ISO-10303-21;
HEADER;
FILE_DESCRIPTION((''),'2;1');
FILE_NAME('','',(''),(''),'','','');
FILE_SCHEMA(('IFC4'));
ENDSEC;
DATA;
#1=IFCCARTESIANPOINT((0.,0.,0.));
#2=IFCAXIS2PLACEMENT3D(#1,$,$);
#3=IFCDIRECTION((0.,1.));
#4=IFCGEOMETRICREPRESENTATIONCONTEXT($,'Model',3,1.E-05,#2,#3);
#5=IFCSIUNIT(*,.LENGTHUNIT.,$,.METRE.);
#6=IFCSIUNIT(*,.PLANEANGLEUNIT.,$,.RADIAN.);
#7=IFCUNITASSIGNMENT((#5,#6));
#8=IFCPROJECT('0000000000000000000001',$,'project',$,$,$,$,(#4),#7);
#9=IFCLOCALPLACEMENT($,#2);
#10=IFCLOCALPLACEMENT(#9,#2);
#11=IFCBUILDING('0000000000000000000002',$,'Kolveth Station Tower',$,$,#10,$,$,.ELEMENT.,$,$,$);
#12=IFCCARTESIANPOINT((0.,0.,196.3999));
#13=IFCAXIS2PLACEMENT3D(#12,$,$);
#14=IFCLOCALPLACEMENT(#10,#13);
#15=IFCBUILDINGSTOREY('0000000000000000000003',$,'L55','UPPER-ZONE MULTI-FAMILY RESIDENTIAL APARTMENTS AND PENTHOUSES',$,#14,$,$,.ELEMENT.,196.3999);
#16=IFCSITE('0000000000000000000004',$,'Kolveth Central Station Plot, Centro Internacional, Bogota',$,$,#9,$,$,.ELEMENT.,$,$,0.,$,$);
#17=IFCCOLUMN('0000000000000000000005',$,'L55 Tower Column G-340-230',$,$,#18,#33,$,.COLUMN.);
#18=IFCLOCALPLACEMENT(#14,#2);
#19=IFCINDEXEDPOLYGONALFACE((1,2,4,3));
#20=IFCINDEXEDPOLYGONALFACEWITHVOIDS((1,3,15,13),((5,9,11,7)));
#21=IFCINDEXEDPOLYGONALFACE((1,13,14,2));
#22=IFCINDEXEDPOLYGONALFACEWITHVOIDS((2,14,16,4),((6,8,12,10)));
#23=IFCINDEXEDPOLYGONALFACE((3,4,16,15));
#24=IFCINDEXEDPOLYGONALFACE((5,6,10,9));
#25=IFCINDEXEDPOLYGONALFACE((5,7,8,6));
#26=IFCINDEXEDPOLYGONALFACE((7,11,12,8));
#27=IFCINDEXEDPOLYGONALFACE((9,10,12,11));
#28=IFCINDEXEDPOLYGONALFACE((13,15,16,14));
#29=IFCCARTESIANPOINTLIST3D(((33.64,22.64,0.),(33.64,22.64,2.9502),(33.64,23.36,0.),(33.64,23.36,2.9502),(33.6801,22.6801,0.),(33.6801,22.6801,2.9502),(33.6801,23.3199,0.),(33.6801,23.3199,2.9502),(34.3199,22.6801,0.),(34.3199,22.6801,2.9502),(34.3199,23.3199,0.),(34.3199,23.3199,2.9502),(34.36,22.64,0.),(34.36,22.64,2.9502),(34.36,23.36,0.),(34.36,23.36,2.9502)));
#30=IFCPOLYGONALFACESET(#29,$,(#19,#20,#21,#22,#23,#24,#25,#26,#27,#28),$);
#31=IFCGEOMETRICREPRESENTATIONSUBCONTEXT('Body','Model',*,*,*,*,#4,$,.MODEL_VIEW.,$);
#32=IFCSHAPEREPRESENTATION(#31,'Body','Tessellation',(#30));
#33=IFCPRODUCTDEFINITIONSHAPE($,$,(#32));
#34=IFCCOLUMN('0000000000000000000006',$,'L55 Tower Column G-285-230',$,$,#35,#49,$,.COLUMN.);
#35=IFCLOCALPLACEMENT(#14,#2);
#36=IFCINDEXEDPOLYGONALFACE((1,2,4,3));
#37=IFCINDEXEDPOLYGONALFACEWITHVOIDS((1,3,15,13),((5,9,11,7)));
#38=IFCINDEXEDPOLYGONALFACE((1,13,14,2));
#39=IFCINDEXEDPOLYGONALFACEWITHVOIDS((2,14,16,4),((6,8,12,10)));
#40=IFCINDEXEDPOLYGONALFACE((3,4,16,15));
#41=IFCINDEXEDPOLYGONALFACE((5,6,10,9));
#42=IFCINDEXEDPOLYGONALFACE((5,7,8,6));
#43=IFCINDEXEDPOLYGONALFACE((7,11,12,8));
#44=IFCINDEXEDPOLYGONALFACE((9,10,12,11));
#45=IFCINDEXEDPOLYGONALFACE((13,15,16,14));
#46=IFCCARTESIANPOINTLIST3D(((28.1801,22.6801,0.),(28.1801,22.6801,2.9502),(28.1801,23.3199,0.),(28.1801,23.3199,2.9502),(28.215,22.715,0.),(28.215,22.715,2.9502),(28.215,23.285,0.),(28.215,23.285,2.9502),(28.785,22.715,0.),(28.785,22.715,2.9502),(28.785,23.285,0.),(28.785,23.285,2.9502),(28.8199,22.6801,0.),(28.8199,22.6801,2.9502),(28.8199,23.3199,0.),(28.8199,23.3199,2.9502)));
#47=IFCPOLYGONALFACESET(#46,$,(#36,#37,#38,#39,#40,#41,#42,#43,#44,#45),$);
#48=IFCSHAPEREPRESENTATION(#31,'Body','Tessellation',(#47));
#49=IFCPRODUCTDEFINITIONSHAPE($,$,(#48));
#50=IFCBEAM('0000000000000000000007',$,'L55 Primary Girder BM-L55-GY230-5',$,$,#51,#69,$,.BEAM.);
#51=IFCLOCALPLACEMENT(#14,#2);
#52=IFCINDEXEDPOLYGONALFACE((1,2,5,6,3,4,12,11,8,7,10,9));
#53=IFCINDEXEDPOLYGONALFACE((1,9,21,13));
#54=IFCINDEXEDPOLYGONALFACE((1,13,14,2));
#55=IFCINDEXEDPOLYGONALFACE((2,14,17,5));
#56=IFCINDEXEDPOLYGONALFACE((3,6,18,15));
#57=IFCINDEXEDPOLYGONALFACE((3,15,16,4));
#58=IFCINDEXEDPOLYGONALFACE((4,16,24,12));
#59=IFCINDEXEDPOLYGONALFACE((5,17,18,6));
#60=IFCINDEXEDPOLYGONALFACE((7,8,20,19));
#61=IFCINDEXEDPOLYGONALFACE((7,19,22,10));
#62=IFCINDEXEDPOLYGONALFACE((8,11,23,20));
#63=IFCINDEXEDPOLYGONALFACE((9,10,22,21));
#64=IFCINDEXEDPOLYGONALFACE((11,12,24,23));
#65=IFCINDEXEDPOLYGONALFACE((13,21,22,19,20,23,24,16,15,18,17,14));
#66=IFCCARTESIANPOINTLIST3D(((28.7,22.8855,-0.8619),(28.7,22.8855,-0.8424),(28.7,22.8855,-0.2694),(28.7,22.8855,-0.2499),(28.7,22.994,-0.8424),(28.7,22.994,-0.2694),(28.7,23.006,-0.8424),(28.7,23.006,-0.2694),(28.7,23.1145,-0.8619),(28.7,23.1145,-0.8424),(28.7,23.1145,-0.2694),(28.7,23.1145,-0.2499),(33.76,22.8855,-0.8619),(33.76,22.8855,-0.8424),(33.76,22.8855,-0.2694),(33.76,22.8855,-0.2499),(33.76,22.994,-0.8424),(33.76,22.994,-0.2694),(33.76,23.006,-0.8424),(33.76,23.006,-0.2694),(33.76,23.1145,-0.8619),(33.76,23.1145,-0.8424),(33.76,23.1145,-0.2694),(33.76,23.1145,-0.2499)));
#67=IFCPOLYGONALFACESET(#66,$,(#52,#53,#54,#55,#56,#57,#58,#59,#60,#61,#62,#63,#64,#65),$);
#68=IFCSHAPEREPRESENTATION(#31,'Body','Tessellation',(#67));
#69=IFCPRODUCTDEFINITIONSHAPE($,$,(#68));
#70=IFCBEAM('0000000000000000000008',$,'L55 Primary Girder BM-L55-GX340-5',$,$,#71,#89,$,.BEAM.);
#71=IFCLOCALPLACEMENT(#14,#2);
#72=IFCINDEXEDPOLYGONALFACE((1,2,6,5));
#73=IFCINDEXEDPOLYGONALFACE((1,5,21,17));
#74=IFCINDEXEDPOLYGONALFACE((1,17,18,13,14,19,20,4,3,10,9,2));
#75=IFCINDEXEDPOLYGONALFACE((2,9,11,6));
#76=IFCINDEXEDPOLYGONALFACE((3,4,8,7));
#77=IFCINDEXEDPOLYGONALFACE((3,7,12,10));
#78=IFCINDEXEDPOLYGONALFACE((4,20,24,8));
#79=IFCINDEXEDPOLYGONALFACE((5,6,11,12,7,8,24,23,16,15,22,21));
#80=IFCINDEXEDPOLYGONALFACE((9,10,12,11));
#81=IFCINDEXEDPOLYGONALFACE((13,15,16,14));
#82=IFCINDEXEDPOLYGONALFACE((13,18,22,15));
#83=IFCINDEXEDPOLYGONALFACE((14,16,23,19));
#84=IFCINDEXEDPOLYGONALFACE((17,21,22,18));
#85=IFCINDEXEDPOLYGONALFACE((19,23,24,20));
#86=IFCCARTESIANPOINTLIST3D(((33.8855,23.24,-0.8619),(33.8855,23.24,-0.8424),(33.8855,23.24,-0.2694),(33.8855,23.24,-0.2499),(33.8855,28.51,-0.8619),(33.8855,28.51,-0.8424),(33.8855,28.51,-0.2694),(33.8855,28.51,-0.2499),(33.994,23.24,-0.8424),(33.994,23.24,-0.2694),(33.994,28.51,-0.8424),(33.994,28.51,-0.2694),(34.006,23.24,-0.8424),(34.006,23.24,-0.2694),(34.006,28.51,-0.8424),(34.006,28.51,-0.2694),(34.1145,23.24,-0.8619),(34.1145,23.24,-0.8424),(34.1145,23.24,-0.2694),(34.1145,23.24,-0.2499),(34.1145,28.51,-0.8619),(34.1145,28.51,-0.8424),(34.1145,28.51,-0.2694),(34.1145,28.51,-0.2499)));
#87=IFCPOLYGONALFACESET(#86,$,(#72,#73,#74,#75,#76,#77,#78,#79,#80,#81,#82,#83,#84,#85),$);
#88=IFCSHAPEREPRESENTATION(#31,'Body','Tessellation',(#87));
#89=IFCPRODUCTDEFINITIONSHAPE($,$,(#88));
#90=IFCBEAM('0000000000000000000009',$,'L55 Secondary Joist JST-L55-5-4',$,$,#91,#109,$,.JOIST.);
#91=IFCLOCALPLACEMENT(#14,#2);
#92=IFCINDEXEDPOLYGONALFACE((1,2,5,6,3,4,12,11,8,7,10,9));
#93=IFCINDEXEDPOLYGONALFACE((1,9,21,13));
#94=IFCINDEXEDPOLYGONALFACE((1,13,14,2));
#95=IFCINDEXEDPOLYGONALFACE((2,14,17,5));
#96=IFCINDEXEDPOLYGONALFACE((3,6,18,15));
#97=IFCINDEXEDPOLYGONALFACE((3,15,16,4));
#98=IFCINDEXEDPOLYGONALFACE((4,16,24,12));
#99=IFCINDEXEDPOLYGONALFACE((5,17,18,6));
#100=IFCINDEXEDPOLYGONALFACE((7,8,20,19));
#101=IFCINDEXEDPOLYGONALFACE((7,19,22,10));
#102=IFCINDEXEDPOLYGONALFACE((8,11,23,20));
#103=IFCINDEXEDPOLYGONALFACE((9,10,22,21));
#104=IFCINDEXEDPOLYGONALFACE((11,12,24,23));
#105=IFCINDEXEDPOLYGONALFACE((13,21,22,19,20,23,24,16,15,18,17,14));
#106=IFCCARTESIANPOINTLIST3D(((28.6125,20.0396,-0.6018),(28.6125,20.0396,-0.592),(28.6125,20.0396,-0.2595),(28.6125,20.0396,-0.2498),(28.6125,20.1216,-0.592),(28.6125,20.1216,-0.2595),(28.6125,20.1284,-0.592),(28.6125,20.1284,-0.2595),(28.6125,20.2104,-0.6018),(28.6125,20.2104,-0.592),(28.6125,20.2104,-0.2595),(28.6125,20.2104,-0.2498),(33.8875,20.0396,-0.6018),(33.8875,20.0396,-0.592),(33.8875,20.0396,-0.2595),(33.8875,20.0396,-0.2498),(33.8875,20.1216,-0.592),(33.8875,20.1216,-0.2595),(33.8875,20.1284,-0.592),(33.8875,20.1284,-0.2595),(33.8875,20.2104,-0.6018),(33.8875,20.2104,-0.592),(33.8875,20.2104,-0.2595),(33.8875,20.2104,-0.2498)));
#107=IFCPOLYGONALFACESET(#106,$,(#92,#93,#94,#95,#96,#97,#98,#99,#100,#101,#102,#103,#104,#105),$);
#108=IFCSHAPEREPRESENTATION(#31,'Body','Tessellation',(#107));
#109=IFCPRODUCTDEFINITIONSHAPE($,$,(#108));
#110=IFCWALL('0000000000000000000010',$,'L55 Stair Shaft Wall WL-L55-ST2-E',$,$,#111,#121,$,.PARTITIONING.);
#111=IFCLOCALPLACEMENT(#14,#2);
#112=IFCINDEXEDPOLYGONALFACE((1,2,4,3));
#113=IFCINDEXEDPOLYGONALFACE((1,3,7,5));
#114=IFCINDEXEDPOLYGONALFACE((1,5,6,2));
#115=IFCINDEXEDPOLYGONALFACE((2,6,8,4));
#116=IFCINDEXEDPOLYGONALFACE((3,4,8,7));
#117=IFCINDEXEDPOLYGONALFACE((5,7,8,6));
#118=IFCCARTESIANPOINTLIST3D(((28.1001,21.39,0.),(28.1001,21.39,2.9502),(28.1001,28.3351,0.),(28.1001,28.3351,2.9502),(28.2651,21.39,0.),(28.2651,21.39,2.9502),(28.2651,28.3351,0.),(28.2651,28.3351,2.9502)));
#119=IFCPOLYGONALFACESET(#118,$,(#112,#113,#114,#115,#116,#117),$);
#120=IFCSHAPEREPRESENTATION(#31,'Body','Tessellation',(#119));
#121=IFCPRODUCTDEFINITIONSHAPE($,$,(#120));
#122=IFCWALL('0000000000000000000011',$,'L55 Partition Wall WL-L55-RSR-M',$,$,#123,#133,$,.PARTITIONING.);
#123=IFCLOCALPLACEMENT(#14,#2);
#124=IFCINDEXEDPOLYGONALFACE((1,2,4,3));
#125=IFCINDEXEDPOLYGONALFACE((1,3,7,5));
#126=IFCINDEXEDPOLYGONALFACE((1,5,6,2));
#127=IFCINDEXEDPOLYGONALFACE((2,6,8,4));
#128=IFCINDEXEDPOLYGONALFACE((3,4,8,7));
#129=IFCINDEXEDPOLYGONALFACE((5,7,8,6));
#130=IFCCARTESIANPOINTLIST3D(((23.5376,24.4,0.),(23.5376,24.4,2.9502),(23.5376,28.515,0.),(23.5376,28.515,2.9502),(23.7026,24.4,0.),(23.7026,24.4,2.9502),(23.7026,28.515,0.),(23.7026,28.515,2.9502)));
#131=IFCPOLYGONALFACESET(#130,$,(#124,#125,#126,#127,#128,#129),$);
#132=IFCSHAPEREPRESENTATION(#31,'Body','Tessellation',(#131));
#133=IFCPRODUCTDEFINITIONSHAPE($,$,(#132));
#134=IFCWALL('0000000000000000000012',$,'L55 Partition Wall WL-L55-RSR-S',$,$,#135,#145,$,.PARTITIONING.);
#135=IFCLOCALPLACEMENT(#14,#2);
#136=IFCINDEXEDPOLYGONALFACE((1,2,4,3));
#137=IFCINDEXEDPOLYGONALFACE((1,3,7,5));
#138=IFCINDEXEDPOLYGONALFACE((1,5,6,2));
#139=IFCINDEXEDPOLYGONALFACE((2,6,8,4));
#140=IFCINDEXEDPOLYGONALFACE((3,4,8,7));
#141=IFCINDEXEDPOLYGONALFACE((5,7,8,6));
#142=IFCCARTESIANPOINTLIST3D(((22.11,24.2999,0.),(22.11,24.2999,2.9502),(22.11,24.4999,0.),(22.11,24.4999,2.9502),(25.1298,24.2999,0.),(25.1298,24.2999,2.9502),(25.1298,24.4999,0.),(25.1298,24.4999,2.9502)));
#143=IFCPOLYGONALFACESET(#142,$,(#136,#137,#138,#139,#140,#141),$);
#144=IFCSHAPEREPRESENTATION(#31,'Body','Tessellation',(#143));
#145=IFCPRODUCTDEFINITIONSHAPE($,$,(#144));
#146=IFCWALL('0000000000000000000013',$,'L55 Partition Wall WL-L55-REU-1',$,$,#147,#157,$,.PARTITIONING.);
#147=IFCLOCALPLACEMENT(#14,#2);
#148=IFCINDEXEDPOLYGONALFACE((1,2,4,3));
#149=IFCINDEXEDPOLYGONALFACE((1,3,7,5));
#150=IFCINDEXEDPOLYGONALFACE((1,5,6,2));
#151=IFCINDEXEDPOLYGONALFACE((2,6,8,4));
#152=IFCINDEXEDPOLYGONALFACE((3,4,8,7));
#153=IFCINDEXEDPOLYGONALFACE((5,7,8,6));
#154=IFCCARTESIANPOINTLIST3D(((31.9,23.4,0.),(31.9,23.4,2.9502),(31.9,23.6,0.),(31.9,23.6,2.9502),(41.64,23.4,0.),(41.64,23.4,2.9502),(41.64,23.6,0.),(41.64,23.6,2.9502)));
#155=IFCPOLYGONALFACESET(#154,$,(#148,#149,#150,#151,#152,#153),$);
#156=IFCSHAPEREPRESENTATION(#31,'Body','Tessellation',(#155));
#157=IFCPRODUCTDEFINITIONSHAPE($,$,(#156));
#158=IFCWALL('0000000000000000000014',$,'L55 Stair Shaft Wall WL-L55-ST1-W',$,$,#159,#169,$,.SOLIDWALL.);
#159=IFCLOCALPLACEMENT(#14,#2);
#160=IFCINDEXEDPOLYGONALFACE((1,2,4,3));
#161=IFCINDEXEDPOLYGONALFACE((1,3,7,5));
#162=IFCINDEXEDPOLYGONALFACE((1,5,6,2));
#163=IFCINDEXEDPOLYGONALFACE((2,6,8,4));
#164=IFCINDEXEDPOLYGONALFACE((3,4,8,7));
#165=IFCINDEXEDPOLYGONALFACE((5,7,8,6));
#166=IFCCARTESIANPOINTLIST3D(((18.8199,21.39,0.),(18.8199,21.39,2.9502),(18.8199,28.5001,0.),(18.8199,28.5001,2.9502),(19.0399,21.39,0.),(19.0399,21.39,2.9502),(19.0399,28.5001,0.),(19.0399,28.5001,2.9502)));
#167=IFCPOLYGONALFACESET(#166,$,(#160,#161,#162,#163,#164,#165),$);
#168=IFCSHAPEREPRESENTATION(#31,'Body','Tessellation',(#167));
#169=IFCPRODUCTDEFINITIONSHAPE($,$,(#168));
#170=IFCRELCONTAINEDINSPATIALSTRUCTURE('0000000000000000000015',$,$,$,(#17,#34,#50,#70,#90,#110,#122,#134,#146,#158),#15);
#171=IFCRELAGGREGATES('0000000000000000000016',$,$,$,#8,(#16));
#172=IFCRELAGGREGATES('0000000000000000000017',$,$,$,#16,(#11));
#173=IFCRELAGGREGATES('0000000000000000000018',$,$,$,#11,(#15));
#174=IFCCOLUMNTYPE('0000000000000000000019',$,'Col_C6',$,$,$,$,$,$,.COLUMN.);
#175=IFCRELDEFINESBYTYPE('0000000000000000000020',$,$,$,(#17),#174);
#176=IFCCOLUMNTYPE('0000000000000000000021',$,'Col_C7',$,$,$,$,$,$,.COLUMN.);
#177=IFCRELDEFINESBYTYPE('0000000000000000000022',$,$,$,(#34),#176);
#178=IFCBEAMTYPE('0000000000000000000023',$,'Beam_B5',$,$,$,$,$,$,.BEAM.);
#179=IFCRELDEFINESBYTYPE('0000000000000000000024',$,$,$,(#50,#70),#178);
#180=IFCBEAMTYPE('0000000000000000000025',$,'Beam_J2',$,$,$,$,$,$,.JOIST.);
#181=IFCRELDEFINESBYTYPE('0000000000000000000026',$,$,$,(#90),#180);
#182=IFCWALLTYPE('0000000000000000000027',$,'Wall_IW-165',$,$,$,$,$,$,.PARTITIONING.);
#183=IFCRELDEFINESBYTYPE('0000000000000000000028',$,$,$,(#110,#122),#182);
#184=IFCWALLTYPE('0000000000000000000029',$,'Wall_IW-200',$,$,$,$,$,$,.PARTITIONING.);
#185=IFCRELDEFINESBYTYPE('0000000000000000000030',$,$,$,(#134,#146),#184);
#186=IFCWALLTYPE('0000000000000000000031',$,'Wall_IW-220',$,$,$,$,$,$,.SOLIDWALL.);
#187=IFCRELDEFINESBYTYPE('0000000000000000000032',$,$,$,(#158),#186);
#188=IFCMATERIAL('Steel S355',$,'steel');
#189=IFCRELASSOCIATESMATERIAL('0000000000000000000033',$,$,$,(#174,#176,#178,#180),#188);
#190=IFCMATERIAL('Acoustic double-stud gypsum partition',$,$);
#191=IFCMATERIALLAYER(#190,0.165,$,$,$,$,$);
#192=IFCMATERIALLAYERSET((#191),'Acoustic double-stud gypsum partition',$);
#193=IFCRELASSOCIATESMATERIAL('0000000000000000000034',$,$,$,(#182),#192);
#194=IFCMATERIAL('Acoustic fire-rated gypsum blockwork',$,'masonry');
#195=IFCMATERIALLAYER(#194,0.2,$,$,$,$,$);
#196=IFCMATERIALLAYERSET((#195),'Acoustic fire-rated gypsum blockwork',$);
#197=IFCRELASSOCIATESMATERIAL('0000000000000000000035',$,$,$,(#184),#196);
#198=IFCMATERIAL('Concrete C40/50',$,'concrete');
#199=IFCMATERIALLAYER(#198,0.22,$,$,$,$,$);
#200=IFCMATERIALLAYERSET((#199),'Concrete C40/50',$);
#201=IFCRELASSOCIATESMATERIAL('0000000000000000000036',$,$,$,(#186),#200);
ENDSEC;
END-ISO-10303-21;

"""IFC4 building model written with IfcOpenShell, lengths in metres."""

from ifc_helpers import new_model, si_unit, direction, frame, frame_2d, origin, origin_2d, place, context, subcontext, project, spatial, rectangle, hollow_rectangle, i_section, extrude, source, transform, mapped, material, layer, layer_set, material_profile, profile_set, type_object, element, save


model = new_model("IFC4")

# Units and contexts
model_context = context("Model", 3, precision=1e-05, world=origin(), true_north=direction((0.0, 1.0)))
body_context = subcontext(model_context, "Body", "Model", "MODEL_VIEW")
ifc_project = project(units=[si_unit("LENGTHUNIT", "METRE"), si_unit("PLANEANGLEUNIT", "RADIAN")], contexts=[model_context])

# Site, building, storey
site_placement = place(None, origin())
site = spatial("IfcSite", under=ifc_project, at=site_placement, Name="Kolveth Central Station Plot, Centro Internacional, Bogota", CompositionType="ELEMENT", RefElevation=0.0)
building_placement = place(site_placement, origin())
building = spatial("IfcBuilding", under=site, at=building_placement, Name="Kolveth Station Tower", CompositionType="ELEMENT")
storey_placement = place(building_placement, frame((0.0, 0.0, 196.3999)))
storey = spatial("IfcBuildingStorey", under=building, at=storey_placement, Name="L55", Description="UPPER-ZONE MULTI-FAMILY RESIDENTIAL APARTMENTS AND PENTHOUSES", CompositionType="ELEMENT", Elevation=196.3999)

# Columns
ifc_material_1 = material(Name="Steel S355", Category="steel")
ifc_material_profile_1 = material_profile(ifc_material_1, hollow_rectangle(XDim=0.72, YDim=0.72, WallThickness=0.04, at=origin_2d()), Name="BOX720x720x40")
ifc_profile_set_1 = profile_set([ifc_material_profile_1], Name="Steel S355")
column_type_1 = type_object("IfcColumnType", Name="Col_C6", PredefinedType="COLUMN", material=ifc_profile_set_1)
shared_shape_1 = source(origin(), body_context, "Body", "SweptSolid", [
    extrude(hollow_rectangle(XDim=0.72, YDim=0.72, WallThickness=0.04, at=origin_2d()), origin(), (0.0, 0.0, 1.0), 2.9502),
])
column_1_placement = place(storey_placement, frame((34.0, 23.0, 0.0), z_axis=(0.0, 0.0, 1.0), x_axis=(1.0, 0.0, 0.0)))
element("IfcColumn", 1, at=column_1_placement, inside=storey, type_object=column_type_1, Name="L55 Tower Column G-340-230", PredefinedType="COLUMN", context=body_context, shape_type="MappedRepresentation", body=[
    mapped(shared_shape_1, transform((0.0, 0.0, 0.0), x_axis=(1.0, 0.0, 0.0), y_axis=(0.0, 1.0, 0.0), z_axis=(0.0, 0.0, 1.0), scale=1.0)),
])
ifc_material_profile_2 = material_profile(ifc_material_1, hollow_rectangle(XDim=0.6399, YDim=0.6399, WallThickness=0.0349, at=origin_2d()), Name="BOX640x640x35")
ifc_profile_set_2 = profile_set([ifc_material_profile_2], Name="Steel S355")
column_type_2 = type_object("IfcColumnType", Name="Col_C7", PredefinedType="COLUMN", material=ifc_profile_set_2)
shared_shape_2 = source(origin(), body_context, "Body", "SweptSolid", [
    extrude(hollow_rectangle(XDim=0.6399, YDim=0.6399, WallThickness=0.0349, at=origin_2d()), origin(), (0.0, 0.0, 1.0), 2.9502),
])
column_2_placement = place(storey_placement, frame((28.5, 23.0, 0.0), z_axis=(0.0, 0.0, 1.0), x_axis=(1.0, 0.0, 0.0)))
element("IfcColumn", 2, at=column_2_placement, inside=storey, type_object=column_type_2, Name="L55 Tower Column G-285-230", PredefinedType="COLUMN", context=body_context, shape_type="MappedRepresentation", body=[
    mapped(shared_shape_2, transform((0.0, 0.0, 0.0), x_axis=(1.0, 0.0, 0.0), y_axis=(0.0, 1.0, 0.0), z_axis=(0.0, 0.0, 1.0), scale=1.0)),
])

# Beams
ifc_material_profile_3 = material_profile(ifc_material_1, i_section(OverallWidth=0.229, OverallDepth=0.6121, WebThickness=0.012, FlangeThickness=0.0195, at=origin_2d()), Name="W610x125")
ifc_profile_set_3 = profile_set([ifc_material_profile_3], Name="Steel S355")
beam_type_1 = type_object("IfcBeamType", Name="Beam_B5", PredefinedType="BEAM", material=ifc_profile_set_3)
shared_shape_3 = source(origin(), body_context, "Body", "SweptSolid", [
    extrude(i_section(OverallWidth=0.229, OverallDepth=0.6121, WebThickness=0.012, FlangeThickness=0.0195, at=origin_2d()), origin(), (0.0, 0.0, 1.0), 5.0601),
])
beam_1_placement = place(storey_placement, frame((28.7, 23.0, -0.5559), z_axis=(1.0, 0.0, 0.0), x_axis=(0.0, 1.0, 0.0)))
element("IfcBeam", 3, at=beam_1_placement, inside=storey, type_object=beam_type_1, Name="L55 Primary Girder BM-L55-GY230-5", PredefinedType="BEAM", context=body_context, shape_type="MappedRepresentation", body=[
    mapped(shared_shape_3, transform((0.0, 0.0, 0.0), x_axis=(1.0, 0.0, 0.0), y_axis=(0.0, 1.0, 0.0), z_axis=(0.0, 0.0, 1.0), scale=1.0)),
])
shared_shape_4 = source(origin(), body_context, "Body", "SweptSolid", [
    extrude(i_section(OverallWidth=0.229, OverallDepth=0.6121, WebThickness=0.012, FlangeThickness=0.0195, at=origin_2d()), origin(), (0.0, 0.0, 1.0), 5.27),
])
beam_2_placement = place(storey_placement, frame((34.0, 23.24, -0.5559), z_axis=(0.0, 1.0, 0.0), x_axis=(-1.0, 0.0, 0.0)))
element("IfcBeam", 4, at=beam_2_placement, inside=storey, type_object=beam_type_1, Name="L55 Primary Girder BM-L55-GX340-5", PredefinedType="BEAM", context=body_context, shape_type="MappedRepresentation", body=[
    mapped(shared_shape_4, transform((0.0, 0.0, 0.0), x_axis=(1.0, 0.0, 0.0), y_axis=(0.0, 1.0, 0.0), z_axis=(0.0, 0.0, 1.0), scale=1.0)),
])
ifc_material_profile_4 = material_profile(ifc_material_1, i_section(OverallWidth=0.1709, OverallDepth=0.3521, WebThickness=0.0068, FlangeThickness=0.0098, at=origin_2d()), Name="W360x44")
ifc_profile_set_4 = profile_set([ifc_material_profile_4], Name="Steel S355")
beam_type_2 = type_object("IfcBeamType", Name="Beam_J2", PredefinedType="JOIST", material=ifc_profile_set_4)
shared_shape_5 = source(origin(), body_context, "Body", "SweptSolid", [
    extrude(i_section(OverallWidth=0.1709, OverallDepth=0.3521, WebThickness=0.0068, FlangeThickness=0.0098, at=origin_2d()), origin(), (0.0, 0.0, 1.0), 5.2749),
])
beam_3_placement = place(storey_placement, frame((28.6125, 20.125, -0.4258), z_axis=(1.0, 0.0, 0.0), x_axis=(0.0, 1.0, 0.0)))
element("IfcBeam", 5, at=beam_3_placement, inside=storey, type_object=beam_type_2, Name="L55 Secondary Joist JST-L55-5-4", PredefinedType="JOIST", context=body_context, shape_type="MappedRepresentation", body=[
    mapped(shared_shape_5, transform((0.0, 0.0, 0.0), x_axis=(1.0, 0.0, 0.0), y_axis=(0.0, 1.0, 0.0), z_axis=(0.0, 0.0, 1.0), scale=1.0)),
])

# Walls
ifc_material_2 = material(Name="Acoustic double-stud gypsum partition")
ifc_layer_1 = layer(ifc_material_2, 0.165)
ifc_layer_set_1 = layer_set([ifc_layer_1], Name="Acoustic double-stud gypsum partition")
wall_type_1 = type_object("IfcWallType", Name="Wall_IW-165", PredefinedType="PARTITIONING", material=ifc_layer_set_1)
wall_1_placement = place(storey_placement, frame((28.1826, 21.3899, 0.0), z_axis=(0.0, 0.0, 1.0), x_axis=(0.0, 1.0, 0.0)))
element("IfcWall", 6, at=wall_1_placement, inside=storey, type_object=wall_type_1, Name="L55 Stair Shaft Wall WL-L55-ST2-E", PredefinedType="PARTITIONING", context=body_context, shape_type="SweptSolid", body=[
    extrude(rectangle(XDim=6.9451, YDim=0.165, at=frame_2d((3.4727, 0.0))), origin(), (0.0, 0.0, 1.0), 2.9502),
])
wall_2_placement = place(storey_placement, frame((23.6201, 24.3999, 0.0), z_axis=(0.0, 0.0, 1.0), x_axis=(0.0, 1.0, 0.0)))
element("IfcWall", 7, at=wall_2_placement, inside=storey, type_object=wall_type_1, Name="L55 Partition Wall WL-L55-RSR-M", PredefinedType="PARTITIONING", context=body_context, shape_type="SweptSolid", body=[
    extrude(rectangle(XDim=4.115, YDim=0.165, at=frame_2d((2.0576, 0.0))), origin(), (0.0, 0.0, 1.0), 2.9502),
])
ifc_material_3 = material(Name="Acoustic fire-rated gypsum blockwork", Category="masonry")
ifc_layer_2 = layer(ifc_material_3, 0.2)
ifc_layer_set_2 = layer_set([ifc_layer_2], Name="Acoustic fire-rated gypsum blockwork")
wall_type_2 = type_object("IfcWallType", Name="Wall_IW-200", PredefinedType="PARTITIONING", material=ifc_layer_set_2)
wall_3_placement = place(storey_placement, frame((22.1101, 24.3999, 0.0), z_axis=(0.0, 0.0, 1.0), x_axis=(1.0, 0.0, 0.0)))
element("IfcWall", 8, at=wall_3_placement, inside=storey, type_object=wall_type_2, Name="L55 Partition Wall WL-L55-RSR-S", PredefinedType="PARTITIONING", context=body_context, shape_type="SweptSolid", body=[
    extrude(rectangle(XDim=3.0198, YDim=0.2, at=frame_2d((1.5098, 0.0))), origin(), (0.0, 0.0, 1.0), 2.9502),
])
wall_4_placement = place(storey_placement, frame((31.8999, 23.5, 0.0), z_axis=(0.0, 0.0, 1.0), x_axis=(1.0, 0.0, 0.0)))
element("IfcWall", 9, at=wall_4_placement, inside=storey, type_object=wall_type_2, Name="L55 Partition Wall WL-L55-REU-1", PredefinedType="PARTITIONING", context=body_context, shape_type="SweptSolid", body=[
    extrude(rectangle(XDim=9.74, YDim=0.2, at=frame_2d((4.8701, 0.0))), origin(), (0.0, 0.0, 1.0), 2.9502),
])
ifc_material_4 = material(Name="Concrete C40/50", Category="concrete")
ifc_layer_3 = layer(ifc_material_4, 0.22)
ifc_layer_set_3 = layer_set([ifc_layer_3], Name="Concrete C40/50")
wall_type_3 = type_object("IfcWallType", Name="Wall_IW-220", PredefinedType="SOLIDWALL", material=ifc_layer_set_3)
for number, where, z_axis, x_axis, name in (
    (10, (18.9299, 21.3899, 0.0), (0.0, 0.0, 1.0), (0.0, 1.0, 0.0), "L55 Stair Shaft Wall WL-L55-ST1-W"),
):
    element("IfcWall", number, at=place(storey_placement, frame(where, z_axis=z_axis, x_axis=x_axis)), inside=storey, type_object=wall_type_3, Name=name, PredefinedType="SOLIDWALL", context=body_context, shape_type="SweptSolid", body=[
        extrude(rectangle(XDim=7.1101, YDim=0.22, at=frame_2d((3.5552, 0.0))), origin(), (0.0, 0.0, 1.0), 2.9502),
    ])

save(model, "model.ifc")
